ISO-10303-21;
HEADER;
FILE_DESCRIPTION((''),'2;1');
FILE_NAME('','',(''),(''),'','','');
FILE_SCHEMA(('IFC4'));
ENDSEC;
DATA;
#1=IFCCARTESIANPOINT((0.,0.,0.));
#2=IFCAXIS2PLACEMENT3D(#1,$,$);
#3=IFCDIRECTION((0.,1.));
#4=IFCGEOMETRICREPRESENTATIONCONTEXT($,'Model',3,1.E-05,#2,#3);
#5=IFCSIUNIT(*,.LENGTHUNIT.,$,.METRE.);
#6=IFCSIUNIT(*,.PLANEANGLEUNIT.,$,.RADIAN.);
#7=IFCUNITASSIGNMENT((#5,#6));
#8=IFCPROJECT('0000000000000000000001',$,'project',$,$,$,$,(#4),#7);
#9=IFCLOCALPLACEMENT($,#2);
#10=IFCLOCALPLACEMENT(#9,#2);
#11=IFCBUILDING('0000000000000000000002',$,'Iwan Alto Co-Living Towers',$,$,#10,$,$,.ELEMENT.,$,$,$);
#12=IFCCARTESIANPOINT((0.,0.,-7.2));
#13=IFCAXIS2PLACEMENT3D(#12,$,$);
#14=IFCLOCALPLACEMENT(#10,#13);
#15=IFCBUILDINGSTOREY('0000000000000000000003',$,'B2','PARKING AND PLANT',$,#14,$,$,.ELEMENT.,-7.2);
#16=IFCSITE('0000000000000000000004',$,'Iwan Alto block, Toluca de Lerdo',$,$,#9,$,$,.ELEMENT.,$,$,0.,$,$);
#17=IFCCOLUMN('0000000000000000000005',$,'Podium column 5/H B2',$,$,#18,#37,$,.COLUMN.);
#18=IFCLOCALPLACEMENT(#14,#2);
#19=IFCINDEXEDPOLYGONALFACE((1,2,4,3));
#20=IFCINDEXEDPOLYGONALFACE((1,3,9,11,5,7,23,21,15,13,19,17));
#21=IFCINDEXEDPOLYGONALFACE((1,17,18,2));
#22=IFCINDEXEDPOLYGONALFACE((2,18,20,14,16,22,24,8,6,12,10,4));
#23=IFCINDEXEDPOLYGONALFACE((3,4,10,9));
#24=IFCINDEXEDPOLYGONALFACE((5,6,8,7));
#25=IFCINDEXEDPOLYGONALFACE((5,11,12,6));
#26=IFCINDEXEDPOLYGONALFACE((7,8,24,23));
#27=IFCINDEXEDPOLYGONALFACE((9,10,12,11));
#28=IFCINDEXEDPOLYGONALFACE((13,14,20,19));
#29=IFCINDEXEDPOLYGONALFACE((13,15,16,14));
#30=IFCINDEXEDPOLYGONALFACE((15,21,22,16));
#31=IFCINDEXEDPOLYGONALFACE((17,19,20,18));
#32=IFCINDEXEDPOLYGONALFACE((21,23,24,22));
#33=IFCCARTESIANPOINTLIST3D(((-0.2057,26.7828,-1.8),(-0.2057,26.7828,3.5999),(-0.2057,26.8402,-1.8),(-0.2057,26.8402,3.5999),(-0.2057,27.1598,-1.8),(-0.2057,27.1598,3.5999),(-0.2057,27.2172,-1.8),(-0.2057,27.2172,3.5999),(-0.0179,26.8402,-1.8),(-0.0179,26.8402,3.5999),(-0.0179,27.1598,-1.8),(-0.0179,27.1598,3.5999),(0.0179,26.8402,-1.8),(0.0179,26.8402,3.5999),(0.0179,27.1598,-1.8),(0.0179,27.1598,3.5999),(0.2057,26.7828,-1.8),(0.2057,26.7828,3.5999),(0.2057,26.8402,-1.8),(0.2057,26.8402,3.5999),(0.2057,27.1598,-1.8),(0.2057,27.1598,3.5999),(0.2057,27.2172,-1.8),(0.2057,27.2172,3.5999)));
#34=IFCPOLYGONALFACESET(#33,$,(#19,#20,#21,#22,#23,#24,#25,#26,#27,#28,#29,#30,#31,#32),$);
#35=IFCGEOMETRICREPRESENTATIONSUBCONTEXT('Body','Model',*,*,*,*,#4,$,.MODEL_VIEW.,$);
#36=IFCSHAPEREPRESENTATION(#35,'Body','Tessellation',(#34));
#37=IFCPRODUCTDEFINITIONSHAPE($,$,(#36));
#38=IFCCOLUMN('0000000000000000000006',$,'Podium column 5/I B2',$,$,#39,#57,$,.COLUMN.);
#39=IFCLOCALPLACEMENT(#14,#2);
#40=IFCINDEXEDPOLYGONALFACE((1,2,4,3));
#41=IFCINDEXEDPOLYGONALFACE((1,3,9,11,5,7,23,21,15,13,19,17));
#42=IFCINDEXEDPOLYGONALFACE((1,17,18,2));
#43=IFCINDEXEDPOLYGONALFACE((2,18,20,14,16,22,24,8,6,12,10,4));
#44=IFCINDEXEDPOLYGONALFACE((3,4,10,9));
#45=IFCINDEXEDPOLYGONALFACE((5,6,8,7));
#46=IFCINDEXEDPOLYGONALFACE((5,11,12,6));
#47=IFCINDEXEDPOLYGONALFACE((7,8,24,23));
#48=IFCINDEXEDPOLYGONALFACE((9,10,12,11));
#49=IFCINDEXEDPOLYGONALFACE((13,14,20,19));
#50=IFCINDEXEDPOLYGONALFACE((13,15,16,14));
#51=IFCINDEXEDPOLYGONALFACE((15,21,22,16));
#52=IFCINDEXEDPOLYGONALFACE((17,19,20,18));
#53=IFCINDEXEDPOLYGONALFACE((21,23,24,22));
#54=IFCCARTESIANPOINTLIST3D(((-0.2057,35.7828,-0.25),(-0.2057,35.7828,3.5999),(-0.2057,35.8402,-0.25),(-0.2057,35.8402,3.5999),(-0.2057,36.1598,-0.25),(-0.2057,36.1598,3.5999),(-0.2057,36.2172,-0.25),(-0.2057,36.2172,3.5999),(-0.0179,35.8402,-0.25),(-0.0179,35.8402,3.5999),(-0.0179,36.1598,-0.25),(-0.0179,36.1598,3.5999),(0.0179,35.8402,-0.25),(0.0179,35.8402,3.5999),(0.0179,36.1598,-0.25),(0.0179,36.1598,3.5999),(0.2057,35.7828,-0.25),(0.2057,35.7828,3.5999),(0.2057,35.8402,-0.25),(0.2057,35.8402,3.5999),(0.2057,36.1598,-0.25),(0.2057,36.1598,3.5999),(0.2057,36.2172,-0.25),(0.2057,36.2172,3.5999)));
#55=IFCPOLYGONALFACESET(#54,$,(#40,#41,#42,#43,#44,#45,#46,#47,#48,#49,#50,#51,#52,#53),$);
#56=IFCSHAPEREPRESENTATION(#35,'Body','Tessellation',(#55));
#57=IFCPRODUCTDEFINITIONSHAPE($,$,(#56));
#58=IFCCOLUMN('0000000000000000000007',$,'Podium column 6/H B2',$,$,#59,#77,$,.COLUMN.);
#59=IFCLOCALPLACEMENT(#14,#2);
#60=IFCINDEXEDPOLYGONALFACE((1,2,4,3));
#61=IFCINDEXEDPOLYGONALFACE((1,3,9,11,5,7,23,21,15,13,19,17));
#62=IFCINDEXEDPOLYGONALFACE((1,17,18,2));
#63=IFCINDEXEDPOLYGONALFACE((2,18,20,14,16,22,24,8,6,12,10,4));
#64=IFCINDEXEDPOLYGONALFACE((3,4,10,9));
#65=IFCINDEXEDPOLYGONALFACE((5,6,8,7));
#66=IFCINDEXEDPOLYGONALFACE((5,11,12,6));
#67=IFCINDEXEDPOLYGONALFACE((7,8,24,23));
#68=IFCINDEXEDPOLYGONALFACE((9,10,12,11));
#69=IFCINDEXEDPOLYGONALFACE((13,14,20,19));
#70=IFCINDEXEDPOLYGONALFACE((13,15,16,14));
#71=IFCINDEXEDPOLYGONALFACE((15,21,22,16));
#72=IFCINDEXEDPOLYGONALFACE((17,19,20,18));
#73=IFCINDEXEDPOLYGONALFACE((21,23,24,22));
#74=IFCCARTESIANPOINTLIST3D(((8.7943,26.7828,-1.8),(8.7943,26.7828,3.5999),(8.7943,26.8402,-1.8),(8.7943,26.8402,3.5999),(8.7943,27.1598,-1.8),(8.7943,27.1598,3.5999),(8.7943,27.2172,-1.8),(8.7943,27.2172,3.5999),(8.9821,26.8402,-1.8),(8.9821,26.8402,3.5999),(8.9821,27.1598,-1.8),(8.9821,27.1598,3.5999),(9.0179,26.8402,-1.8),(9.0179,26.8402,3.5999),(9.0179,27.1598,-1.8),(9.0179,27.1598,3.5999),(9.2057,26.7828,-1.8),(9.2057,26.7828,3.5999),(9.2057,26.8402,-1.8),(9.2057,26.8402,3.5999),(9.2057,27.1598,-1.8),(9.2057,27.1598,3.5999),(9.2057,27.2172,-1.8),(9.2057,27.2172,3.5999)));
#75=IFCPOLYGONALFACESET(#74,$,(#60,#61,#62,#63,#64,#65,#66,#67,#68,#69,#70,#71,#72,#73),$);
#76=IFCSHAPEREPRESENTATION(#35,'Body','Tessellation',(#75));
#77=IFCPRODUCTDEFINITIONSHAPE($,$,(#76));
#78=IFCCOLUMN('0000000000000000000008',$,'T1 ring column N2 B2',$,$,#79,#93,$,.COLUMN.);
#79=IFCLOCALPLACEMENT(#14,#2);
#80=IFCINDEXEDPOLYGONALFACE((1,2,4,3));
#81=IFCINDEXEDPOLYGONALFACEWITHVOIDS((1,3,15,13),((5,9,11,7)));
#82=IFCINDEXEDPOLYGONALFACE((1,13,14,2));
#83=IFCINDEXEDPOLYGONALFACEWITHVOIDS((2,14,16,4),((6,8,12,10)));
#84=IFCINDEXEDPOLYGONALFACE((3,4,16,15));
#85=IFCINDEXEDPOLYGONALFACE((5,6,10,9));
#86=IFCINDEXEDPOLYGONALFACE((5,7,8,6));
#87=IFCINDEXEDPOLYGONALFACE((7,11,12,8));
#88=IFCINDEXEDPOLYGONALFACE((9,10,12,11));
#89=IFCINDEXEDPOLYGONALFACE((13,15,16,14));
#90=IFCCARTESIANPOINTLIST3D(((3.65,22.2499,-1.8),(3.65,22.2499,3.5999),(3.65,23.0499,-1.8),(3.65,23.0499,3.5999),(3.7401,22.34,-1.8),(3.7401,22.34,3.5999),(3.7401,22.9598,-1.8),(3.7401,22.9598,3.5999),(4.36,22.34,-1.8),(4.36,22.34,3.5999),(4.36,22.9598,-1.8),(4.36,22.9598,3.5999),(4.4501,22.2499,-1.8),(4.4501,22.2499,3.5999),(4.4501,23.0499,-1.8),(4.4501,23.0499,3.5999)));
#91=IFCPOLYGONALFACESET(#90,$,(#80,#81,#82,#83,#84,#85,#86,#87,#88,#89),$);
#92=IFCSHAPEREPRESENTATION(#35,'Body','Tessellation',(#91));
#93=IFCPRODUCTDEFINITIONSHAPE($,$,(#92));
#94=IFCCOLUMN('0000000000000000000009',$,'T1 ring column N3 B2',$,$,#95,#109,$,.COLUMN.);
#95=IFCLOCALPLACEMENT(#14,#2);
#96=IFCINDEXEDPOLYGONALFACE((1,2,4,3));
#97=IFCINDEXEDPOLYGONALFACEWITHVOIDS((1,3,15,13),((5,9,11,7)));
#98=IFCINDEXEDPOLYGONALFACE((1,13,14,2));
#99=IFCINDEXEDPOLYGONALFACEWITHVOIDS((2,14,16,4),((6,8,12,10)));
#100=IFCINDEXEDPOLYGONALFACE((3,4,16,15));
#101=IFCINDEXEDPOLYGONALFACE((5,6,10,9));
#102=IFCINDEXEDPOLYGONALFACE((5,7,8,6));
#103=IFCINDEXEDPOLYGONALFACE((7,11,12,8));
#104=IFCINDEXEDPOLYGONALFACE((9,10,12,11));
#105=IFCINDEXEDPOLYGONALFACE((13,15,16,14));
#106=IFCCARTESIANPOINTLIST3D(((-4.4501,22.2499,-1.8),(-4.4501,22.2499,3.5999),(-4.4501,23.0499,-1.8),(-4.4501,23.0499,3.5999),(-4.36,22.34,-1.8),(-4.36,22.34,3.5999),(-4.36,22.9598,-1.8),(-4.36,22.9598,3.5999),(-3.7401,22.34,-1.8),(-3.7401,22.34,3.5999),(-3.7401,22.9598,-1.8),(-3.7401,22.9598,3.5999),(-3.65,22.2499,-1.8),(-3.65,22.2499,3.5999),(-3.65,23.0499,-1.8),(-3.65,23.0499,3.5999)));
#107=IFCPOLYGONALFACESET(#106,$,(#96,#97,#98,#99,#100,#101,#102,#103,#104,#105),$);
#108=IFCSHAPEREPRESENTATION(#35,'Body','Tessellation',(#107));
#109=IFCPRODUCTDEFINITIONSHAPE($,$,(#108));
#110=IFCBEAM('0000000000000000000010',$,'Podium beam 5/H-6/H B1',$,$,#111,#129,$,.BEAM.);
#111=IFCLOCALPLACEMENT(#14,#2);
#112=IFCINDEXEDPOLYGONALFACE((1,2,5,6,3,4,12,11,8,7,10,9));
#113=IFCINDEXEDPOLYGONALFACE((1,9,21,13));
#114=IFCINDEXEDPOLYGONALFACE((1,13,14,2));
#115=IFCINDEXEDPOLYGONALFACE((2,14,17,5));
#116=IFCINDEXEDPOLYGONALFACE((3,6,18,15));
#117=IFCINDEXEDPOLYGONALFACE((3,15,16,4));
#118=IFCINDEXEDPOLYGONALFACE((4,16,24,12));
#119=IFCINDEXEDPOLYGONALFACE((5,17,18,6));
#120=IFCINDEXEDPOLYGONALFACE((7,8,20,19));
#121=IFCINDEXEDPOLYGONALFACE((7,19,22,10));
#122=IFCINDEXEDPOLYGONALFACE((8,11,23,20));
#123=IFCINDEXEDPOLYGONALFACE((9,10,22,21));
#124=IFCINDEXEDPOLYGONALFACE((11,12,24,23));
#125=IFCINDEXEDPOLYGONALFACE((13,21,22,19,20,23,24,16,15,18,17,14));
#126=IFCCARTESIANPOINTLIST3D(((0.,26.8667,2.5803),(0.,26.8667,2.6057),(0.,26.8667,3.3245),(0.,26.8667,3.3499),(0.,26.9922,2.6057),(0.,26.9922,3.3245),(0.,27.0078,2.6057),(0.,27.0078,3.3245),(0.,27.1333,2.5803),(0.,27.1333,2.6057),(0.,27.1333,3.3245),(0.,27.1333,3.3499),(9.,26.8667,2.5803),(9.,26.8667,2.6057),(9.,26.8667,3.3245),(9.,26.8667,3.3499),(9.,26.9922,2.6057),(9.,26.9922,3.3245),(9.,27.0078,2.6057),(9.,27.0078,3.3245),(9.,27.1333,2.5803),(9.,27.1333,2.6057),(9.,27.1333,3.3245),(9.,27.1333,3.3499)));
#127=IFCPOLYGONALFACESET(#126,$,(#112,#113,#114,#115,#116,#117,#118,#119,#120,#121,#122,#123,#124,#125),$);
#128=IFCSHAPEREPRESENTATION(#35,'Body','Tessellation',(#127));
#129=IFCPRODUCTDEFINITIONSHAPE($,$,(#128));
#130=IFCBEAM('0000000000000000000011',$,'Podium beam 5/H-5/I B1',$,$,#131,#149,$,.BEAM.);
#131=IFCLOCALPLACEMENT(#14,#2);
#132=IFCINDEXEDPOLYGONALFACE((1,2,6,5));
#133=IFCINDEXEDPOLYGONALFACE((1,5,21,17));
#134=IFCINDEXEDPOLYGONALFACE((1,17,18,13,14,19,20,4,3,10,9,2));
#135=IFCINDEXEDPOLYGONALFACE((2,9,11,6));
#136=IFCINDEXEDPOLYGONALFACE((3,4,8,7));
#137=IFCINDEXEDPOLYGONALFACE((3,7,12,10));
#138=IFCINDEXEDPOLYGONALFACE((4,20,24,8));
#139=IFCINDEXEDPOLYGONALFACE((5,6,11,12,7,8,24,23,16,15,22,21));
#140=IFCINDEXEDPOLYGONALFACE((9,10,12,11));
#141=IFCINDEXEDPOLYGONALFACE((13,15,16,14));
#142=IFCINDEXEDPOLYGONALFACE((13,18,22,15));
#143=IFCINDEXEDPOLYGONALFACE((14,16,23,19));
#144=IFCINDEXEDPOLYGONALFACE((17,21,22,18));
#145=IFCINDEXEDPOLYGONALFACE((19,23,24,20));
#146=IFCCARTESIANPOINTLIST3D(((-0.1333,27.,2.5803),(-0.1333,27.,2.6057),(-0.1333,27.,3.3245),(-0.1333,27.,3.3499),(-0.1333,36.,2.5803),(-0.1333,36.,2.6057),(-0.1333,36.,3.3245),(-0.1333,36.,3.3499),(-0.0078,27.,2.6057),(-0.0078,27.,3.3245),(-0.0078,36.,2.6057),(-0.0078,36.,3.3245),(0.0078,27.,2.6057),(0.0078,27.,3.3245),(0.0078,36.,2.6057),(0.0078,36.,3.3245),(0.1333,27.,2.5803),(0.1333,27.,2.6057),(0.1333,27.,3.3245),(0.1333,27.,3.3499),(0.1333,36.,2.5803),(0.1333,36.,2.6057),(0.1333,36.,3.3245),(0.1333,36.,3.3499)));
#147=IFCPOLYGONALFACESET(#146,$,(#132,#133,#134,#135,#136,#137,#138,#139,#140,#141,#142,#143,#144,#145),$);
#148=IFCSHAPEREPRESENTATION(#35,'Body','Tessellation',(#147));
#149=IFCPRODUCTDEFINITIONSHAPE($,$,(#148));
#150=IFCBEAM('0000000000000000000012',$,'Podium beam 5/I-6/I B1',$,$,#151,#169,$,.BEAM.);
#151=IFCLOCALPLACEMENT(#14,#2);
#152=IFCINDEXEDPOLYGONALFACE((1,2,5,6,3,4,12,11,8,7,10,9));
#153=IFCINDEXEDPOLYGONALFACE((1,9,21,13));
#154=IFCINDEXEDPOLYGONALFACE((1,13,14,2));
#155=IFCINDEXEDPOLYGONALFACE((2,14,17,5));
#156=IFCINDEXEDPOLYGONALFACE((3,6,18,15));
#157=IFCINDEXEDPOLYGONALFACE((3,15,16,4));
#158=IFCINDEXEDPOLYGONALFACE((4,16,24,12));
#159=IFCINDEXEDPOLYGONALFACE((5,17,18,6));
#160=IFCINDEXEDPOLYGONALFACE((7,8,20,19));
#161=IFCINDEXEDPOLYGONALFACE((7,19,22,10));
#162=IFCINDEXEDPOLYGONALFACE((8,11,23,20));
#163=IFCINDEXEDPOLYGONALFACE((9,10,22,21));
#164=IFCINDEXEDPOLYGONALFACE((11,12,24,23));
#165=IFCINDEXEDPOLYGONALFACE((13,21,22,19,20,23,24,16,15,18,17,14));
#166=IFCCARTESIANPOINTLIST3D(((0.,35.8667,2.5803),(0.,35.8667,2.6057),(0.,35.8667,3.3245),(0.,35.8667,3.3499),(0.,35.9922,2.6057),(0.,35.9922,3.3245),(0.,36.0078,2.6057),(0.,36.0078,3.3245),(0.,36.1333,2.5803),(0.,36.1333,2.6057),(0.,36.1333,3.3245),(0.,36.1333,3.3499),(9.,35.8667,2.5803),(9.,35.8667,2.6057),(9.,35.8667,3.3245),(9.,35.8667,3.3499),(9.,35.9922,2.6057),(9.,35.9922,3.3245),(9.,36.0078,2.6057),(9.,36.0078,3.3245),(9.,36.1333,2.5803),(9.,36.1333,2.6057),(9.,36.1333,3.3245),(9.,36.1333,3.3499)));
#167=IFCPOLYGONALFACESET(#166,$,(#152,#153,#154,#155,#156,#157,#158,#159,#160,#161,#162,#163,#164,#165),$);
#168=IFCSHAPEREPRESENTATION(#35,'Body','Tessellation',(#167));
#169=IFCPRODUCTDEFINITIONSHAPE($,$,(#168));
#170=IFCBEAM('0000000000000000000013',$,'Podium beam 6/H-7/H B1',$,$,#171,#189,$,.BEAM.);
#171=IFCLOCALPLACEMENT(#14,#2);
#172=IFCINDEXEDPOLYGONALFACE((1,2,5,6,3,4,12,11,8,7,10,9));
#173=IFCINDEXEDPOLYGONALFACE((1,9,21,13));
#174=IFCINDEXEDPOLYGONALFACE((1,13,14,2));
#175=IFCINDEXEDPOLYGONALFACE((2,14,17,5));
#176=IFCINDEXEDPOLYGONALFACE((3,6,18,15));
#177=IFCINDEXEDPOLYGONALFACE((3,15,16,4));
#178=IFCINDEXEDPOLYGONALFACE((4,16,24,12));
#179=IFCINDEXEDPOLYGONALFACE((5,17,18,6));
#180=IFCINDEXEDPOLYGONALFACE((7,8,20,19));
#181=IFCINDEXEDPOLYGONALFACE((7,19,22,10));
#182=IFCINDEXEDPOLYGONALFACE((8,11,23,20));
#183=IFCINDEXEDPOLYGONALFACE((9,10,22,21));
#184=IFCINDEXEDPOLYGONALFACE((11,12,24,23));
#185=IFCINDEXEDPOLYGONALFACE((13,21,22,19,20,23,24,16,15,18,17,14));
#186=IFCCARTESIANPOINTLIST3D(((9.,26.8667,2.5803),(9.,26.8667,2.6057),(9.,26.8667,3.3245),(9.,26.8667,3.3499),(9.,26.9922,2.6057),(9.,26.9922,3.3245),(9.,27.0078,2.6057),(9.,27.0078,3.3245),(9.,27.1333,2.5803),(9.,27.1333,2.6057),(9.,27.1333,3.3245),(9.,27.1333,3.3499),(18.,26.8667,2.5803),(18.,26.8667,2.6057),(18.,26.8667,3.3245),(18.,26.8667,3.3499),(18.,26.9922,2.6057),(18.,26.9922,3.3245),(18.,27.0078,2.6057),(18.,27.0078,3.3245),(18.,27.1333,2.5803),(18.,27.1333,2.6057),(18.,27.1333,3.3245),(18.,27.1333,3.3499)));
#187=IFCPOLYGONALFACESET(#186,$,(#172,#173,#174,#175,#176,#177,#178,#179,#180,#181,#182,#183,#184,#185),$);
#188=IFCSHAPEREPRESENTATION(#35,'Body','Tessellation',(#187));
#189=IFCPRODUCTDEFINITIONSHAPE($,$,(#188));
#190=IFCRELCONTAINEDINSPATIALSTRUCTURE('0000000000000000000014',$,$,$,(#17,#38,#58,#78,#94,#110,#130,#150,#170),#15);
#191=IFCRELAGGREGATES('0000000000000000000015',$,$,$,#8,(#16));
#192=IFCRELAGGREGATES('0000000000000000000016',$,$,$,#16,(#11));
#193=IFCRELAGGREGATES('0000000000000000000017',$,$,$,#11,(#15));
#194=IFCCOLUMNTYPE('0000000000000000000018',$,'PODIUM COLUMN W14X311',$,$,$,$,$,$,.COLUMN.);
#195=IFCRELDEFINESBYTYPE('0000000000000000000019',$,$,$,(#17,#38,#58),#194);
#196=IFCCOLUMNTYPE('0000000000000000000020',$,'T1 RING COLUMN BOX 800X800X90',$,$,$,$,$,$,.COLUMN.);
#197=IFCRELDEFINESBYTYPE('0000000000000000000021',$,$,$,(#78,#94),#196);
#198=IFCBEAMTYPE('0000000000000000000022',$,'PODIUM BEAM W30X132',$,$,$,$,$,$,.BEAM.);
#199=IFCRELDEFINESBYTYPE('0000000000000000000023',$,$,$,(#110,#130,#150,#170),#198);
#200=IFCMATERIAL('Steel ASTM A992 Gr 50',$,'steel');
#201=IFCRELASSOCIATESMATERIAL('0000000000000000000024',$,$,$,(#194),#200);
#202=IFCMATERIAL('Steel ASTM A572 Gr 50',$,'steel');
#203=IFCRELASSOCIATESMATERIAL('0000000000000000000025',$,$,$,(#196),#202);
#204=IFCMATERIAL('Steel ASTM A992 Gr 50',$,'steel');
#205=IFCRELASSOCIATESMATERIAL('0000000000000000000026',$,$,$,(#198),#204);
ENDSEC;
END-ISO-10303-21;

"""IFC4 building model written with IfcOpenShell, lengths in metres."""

from ifc_helpers import new_model, si_unit, direction, frame, origin, origin_2d, place, context, subcontext, project, spatial, hollow_rectangle, i_section, extrude, material, material_profile, profile_set, type_object, element, save


model = new_model("IFC4")

# Units and contexts
model_context = context("Model", 3, precision=1e-05, world=origin(), true_north=direction((0.0, 1.0)))
body_context = subcontext(model_context, "Body", "Model", "MODEL_VIEW")
ifc_project = project(units=[si_unit("LENGTHUNIT", "METRE"), si_unit("PLANEANGLEUNIT", "RADIAN")], contexts=[model_context])

# Site, building, storey
site_placement = place(None, origin())
site = spatial("IfcSite", under=ifc_project, at=site_placement, Name="Iwan Alto block, Toluca de Lerdo", CompositionType="ELEMENT", RefElevation=0.0)
building_placement = place(site_placement, origin())
building = spatial("IfcBuilding", under=site, at=building_placement, Name="Iwan Alto Co-Living Towers", CompositionType="ELEMENT")
storey_placement = place(building_placement, frame((0.0, 0.0, -7.2)))
storey = spatial("IfcBuildingStorey", under=building, at=storey_placement, Name="B2", Description="PARKING AND PLANT", CompositionType="ELEMENT", Elevation=-7.2)

# Columns
ifc_material_1 = material(Name="Steel ASTM A992 Gr 50", Category="steel")
ifc_material_profile_1 = material_profile(ifc_material_1, i_section(OverallWidth=0.4114, OverallDepth=0.4343, WebThickness=0.0359, FlangeThickness=0.0574, at=origin_2d()), Name="W14X311")
ifc_profile_set_1 = profile_set([ifc_material_profile_1], Name="Steel ASTM A992 Gr 50")
column_type_1 = type_object("IfcColumnType", Name="PODIUM COLUMN W14X311", PredefinedType="COLUMN", material=ifc_profile_set_1)
column_1_placement = place(storey_placement, frame((0.0, 27.0, -1.8), z_axis=(0.0, 0.0, 1.0), x_axis=(1.0, 0.0, 0.0)))
element("IfcColumn", 1, at=column_1_placement, inside=storey, type_object=column_type_1, Name="Podium column 5/H B2", PredefinedType="COLUMN", context=body_context, shape_type="SweptSolid", body=[
    extrude(i_section(OverallWidth=0.4114, OverallDepth=0.4343, WebThickness=0.0359, FlangeThickness=0.0574, at=origin_2d()), origin(), (0.0, 0.0, 1.0), 5.3999),
])
column_2_placement = place(storey_placement, frame((0.0, 36.0, -0.25), z_axis=(0.0, 0.0, 1.0), x_axis=(1.0, 0.0, 0.0)))
element("IfcColumn", 2, at=column_2_placement, inside=storey, type_object=column_type_1, Name="Podium column 5/I B2", PredefinedType="COLUMN", context=body_context, shape_type="SweptSolid", body=[
    extrude(i_section(OverallWidth=0.4114, OverallDepth=0.4343, WebThickness=0.0359, FlangeThickness=0.0574, at=origin_2d()), origin(), (0.0, 0.0, 1.0), 3.8499),
])
column_3_placement = place(storey_placement, frame((9.0, 27.0, -1.8), z_axis=(0.0, 0.0, 1.0), x_axis=(1.0, 0.0, 0.0)))
element("IfcColumn", 3, at=column_3_placement, inside=storey, type_object=column_type_1, Name="Podium column 6/H B2", PredefinedType="COLUMN", context=body_context, shape_type="SweptSolid", body=[
    extrude(i_section(OverallWidth=0.4114, OverallDepth=0.4343, WebThickness=0.0359, FlangeThickness=0.0574, at=origin_2d()), origin(), (0.0, 0.0, 1.0), 5.3999),
])
ifc_material_2 = material(Name="Steel ASTM A572 Gr 50", Category="steel")
ifc_material_profile_2 = material_profile(ifc_material_2, hollow_rectangle(XDim=0.8, YDim=0.8, WallThickness=0.0901, at=origin_2d()), Name="BOX 800X800X90")
ifc_profile_set_2 = profile_set([ifc_material_profile_2], Name="Steel ASTM A572 Gr 50")
column_type_2 = type_object("IfcColumnType", Name="T1 RING COLUMN BOX 800X800X90", PredefinedType="COLUMN", material=ifc_profile_set_2)
for number, where, z_axis, x_axis, name in (
    (4, (4.05, 22.6499, -1.8), (0.0, 0.0, 1.0), (1.0, 0.0, 0.0), "T1 ring column N2 B2"),
    (5, (-4.05, 22.6499, -1.8), (0.0, 0.0, 1.0), (1.0, 0.0, 0.0), "T1 ring column N3 B2"),
):
    element("IfcColumn", number, at=place(storey_placement, frame(where, z_axis=z_axis, x_axis=x_axis)), inside=storey, type_object=column_type_2, Name=name, PredefinedType="COLUMN", context=body_context, shape_type="SweptSolid", body=[
        extrude(hollow_rectangle(XDim=0.8, YDim=0.8, WallThickness=0.0901, at=origin_2d()), origin(), (0.0, 0.0, 1.0), 5.3999),
    ])

# Beams
ifc_material_3 = material(Name="Steel ASTM A992 Gr 50", Category="steel")
ifc_material_profile_3 = material_profile(ifc_material_3, i_section(OverallWidth=0.2666, OverallDepth=0.7695, WebThickness=0.0156, FlangeThickness=0.0254, at=origin_2d()), Name="W30X132")
ifc_profile_set_3 = profile_set([ifc_material_profile_3], Name="Steel ASTM A992 Gr 50")
beam_type_1 = type_object("IfcBeamType", Name="PODIUM BEAM W30X132", PredefinedType="BEAM", material=ifc_profile_set_3)
for number, where, z_axis, x_axis, name in (
    (6, (0.0, 27.0, 2.9651), (1.0, 0.0, 0.0), (0.0, 1.0, 0.0), "Podium beam 5/H-6/H B1"),
    (7, (0.0, 27.0, 2.9651), (0.0, 1.0, 0.0), (-1.0, 0.0, 0.0), "Podium beam 5/H-5/I B1"),
    (8, (0.0, 36.0, 2.9651), (1.0, 0.0, 0.0), (0.0, 1.0, 0.0), "Podium beam 5/I-6/I B1"),
    (9, (9.0, 27.0, 2.9651), (1.0, 0.0, 0.0), (0.0, 1.0, 0.0), "Podium beam 6/H-7/H B1"),
):
    element("IfcBeam", number, at=place(storey_placement, frame(where, z_axis=z_axis, x_axis=x_axis)), inside=storey, type_object=beam_type_1, Name=name, PredefinedType="BEAM", context=body_context, shape_type="SweptSolid", body=[
        extrude(i_section(OverallWidth=0.2666, OverallDepth=0.7695, WebThickness=0.0156, FlangeThickness=0.0254, at=origin_2d()), origin(), (0.0, 0.0, 1.0), 9.0),
    ])

save(model, "model.ifc")
